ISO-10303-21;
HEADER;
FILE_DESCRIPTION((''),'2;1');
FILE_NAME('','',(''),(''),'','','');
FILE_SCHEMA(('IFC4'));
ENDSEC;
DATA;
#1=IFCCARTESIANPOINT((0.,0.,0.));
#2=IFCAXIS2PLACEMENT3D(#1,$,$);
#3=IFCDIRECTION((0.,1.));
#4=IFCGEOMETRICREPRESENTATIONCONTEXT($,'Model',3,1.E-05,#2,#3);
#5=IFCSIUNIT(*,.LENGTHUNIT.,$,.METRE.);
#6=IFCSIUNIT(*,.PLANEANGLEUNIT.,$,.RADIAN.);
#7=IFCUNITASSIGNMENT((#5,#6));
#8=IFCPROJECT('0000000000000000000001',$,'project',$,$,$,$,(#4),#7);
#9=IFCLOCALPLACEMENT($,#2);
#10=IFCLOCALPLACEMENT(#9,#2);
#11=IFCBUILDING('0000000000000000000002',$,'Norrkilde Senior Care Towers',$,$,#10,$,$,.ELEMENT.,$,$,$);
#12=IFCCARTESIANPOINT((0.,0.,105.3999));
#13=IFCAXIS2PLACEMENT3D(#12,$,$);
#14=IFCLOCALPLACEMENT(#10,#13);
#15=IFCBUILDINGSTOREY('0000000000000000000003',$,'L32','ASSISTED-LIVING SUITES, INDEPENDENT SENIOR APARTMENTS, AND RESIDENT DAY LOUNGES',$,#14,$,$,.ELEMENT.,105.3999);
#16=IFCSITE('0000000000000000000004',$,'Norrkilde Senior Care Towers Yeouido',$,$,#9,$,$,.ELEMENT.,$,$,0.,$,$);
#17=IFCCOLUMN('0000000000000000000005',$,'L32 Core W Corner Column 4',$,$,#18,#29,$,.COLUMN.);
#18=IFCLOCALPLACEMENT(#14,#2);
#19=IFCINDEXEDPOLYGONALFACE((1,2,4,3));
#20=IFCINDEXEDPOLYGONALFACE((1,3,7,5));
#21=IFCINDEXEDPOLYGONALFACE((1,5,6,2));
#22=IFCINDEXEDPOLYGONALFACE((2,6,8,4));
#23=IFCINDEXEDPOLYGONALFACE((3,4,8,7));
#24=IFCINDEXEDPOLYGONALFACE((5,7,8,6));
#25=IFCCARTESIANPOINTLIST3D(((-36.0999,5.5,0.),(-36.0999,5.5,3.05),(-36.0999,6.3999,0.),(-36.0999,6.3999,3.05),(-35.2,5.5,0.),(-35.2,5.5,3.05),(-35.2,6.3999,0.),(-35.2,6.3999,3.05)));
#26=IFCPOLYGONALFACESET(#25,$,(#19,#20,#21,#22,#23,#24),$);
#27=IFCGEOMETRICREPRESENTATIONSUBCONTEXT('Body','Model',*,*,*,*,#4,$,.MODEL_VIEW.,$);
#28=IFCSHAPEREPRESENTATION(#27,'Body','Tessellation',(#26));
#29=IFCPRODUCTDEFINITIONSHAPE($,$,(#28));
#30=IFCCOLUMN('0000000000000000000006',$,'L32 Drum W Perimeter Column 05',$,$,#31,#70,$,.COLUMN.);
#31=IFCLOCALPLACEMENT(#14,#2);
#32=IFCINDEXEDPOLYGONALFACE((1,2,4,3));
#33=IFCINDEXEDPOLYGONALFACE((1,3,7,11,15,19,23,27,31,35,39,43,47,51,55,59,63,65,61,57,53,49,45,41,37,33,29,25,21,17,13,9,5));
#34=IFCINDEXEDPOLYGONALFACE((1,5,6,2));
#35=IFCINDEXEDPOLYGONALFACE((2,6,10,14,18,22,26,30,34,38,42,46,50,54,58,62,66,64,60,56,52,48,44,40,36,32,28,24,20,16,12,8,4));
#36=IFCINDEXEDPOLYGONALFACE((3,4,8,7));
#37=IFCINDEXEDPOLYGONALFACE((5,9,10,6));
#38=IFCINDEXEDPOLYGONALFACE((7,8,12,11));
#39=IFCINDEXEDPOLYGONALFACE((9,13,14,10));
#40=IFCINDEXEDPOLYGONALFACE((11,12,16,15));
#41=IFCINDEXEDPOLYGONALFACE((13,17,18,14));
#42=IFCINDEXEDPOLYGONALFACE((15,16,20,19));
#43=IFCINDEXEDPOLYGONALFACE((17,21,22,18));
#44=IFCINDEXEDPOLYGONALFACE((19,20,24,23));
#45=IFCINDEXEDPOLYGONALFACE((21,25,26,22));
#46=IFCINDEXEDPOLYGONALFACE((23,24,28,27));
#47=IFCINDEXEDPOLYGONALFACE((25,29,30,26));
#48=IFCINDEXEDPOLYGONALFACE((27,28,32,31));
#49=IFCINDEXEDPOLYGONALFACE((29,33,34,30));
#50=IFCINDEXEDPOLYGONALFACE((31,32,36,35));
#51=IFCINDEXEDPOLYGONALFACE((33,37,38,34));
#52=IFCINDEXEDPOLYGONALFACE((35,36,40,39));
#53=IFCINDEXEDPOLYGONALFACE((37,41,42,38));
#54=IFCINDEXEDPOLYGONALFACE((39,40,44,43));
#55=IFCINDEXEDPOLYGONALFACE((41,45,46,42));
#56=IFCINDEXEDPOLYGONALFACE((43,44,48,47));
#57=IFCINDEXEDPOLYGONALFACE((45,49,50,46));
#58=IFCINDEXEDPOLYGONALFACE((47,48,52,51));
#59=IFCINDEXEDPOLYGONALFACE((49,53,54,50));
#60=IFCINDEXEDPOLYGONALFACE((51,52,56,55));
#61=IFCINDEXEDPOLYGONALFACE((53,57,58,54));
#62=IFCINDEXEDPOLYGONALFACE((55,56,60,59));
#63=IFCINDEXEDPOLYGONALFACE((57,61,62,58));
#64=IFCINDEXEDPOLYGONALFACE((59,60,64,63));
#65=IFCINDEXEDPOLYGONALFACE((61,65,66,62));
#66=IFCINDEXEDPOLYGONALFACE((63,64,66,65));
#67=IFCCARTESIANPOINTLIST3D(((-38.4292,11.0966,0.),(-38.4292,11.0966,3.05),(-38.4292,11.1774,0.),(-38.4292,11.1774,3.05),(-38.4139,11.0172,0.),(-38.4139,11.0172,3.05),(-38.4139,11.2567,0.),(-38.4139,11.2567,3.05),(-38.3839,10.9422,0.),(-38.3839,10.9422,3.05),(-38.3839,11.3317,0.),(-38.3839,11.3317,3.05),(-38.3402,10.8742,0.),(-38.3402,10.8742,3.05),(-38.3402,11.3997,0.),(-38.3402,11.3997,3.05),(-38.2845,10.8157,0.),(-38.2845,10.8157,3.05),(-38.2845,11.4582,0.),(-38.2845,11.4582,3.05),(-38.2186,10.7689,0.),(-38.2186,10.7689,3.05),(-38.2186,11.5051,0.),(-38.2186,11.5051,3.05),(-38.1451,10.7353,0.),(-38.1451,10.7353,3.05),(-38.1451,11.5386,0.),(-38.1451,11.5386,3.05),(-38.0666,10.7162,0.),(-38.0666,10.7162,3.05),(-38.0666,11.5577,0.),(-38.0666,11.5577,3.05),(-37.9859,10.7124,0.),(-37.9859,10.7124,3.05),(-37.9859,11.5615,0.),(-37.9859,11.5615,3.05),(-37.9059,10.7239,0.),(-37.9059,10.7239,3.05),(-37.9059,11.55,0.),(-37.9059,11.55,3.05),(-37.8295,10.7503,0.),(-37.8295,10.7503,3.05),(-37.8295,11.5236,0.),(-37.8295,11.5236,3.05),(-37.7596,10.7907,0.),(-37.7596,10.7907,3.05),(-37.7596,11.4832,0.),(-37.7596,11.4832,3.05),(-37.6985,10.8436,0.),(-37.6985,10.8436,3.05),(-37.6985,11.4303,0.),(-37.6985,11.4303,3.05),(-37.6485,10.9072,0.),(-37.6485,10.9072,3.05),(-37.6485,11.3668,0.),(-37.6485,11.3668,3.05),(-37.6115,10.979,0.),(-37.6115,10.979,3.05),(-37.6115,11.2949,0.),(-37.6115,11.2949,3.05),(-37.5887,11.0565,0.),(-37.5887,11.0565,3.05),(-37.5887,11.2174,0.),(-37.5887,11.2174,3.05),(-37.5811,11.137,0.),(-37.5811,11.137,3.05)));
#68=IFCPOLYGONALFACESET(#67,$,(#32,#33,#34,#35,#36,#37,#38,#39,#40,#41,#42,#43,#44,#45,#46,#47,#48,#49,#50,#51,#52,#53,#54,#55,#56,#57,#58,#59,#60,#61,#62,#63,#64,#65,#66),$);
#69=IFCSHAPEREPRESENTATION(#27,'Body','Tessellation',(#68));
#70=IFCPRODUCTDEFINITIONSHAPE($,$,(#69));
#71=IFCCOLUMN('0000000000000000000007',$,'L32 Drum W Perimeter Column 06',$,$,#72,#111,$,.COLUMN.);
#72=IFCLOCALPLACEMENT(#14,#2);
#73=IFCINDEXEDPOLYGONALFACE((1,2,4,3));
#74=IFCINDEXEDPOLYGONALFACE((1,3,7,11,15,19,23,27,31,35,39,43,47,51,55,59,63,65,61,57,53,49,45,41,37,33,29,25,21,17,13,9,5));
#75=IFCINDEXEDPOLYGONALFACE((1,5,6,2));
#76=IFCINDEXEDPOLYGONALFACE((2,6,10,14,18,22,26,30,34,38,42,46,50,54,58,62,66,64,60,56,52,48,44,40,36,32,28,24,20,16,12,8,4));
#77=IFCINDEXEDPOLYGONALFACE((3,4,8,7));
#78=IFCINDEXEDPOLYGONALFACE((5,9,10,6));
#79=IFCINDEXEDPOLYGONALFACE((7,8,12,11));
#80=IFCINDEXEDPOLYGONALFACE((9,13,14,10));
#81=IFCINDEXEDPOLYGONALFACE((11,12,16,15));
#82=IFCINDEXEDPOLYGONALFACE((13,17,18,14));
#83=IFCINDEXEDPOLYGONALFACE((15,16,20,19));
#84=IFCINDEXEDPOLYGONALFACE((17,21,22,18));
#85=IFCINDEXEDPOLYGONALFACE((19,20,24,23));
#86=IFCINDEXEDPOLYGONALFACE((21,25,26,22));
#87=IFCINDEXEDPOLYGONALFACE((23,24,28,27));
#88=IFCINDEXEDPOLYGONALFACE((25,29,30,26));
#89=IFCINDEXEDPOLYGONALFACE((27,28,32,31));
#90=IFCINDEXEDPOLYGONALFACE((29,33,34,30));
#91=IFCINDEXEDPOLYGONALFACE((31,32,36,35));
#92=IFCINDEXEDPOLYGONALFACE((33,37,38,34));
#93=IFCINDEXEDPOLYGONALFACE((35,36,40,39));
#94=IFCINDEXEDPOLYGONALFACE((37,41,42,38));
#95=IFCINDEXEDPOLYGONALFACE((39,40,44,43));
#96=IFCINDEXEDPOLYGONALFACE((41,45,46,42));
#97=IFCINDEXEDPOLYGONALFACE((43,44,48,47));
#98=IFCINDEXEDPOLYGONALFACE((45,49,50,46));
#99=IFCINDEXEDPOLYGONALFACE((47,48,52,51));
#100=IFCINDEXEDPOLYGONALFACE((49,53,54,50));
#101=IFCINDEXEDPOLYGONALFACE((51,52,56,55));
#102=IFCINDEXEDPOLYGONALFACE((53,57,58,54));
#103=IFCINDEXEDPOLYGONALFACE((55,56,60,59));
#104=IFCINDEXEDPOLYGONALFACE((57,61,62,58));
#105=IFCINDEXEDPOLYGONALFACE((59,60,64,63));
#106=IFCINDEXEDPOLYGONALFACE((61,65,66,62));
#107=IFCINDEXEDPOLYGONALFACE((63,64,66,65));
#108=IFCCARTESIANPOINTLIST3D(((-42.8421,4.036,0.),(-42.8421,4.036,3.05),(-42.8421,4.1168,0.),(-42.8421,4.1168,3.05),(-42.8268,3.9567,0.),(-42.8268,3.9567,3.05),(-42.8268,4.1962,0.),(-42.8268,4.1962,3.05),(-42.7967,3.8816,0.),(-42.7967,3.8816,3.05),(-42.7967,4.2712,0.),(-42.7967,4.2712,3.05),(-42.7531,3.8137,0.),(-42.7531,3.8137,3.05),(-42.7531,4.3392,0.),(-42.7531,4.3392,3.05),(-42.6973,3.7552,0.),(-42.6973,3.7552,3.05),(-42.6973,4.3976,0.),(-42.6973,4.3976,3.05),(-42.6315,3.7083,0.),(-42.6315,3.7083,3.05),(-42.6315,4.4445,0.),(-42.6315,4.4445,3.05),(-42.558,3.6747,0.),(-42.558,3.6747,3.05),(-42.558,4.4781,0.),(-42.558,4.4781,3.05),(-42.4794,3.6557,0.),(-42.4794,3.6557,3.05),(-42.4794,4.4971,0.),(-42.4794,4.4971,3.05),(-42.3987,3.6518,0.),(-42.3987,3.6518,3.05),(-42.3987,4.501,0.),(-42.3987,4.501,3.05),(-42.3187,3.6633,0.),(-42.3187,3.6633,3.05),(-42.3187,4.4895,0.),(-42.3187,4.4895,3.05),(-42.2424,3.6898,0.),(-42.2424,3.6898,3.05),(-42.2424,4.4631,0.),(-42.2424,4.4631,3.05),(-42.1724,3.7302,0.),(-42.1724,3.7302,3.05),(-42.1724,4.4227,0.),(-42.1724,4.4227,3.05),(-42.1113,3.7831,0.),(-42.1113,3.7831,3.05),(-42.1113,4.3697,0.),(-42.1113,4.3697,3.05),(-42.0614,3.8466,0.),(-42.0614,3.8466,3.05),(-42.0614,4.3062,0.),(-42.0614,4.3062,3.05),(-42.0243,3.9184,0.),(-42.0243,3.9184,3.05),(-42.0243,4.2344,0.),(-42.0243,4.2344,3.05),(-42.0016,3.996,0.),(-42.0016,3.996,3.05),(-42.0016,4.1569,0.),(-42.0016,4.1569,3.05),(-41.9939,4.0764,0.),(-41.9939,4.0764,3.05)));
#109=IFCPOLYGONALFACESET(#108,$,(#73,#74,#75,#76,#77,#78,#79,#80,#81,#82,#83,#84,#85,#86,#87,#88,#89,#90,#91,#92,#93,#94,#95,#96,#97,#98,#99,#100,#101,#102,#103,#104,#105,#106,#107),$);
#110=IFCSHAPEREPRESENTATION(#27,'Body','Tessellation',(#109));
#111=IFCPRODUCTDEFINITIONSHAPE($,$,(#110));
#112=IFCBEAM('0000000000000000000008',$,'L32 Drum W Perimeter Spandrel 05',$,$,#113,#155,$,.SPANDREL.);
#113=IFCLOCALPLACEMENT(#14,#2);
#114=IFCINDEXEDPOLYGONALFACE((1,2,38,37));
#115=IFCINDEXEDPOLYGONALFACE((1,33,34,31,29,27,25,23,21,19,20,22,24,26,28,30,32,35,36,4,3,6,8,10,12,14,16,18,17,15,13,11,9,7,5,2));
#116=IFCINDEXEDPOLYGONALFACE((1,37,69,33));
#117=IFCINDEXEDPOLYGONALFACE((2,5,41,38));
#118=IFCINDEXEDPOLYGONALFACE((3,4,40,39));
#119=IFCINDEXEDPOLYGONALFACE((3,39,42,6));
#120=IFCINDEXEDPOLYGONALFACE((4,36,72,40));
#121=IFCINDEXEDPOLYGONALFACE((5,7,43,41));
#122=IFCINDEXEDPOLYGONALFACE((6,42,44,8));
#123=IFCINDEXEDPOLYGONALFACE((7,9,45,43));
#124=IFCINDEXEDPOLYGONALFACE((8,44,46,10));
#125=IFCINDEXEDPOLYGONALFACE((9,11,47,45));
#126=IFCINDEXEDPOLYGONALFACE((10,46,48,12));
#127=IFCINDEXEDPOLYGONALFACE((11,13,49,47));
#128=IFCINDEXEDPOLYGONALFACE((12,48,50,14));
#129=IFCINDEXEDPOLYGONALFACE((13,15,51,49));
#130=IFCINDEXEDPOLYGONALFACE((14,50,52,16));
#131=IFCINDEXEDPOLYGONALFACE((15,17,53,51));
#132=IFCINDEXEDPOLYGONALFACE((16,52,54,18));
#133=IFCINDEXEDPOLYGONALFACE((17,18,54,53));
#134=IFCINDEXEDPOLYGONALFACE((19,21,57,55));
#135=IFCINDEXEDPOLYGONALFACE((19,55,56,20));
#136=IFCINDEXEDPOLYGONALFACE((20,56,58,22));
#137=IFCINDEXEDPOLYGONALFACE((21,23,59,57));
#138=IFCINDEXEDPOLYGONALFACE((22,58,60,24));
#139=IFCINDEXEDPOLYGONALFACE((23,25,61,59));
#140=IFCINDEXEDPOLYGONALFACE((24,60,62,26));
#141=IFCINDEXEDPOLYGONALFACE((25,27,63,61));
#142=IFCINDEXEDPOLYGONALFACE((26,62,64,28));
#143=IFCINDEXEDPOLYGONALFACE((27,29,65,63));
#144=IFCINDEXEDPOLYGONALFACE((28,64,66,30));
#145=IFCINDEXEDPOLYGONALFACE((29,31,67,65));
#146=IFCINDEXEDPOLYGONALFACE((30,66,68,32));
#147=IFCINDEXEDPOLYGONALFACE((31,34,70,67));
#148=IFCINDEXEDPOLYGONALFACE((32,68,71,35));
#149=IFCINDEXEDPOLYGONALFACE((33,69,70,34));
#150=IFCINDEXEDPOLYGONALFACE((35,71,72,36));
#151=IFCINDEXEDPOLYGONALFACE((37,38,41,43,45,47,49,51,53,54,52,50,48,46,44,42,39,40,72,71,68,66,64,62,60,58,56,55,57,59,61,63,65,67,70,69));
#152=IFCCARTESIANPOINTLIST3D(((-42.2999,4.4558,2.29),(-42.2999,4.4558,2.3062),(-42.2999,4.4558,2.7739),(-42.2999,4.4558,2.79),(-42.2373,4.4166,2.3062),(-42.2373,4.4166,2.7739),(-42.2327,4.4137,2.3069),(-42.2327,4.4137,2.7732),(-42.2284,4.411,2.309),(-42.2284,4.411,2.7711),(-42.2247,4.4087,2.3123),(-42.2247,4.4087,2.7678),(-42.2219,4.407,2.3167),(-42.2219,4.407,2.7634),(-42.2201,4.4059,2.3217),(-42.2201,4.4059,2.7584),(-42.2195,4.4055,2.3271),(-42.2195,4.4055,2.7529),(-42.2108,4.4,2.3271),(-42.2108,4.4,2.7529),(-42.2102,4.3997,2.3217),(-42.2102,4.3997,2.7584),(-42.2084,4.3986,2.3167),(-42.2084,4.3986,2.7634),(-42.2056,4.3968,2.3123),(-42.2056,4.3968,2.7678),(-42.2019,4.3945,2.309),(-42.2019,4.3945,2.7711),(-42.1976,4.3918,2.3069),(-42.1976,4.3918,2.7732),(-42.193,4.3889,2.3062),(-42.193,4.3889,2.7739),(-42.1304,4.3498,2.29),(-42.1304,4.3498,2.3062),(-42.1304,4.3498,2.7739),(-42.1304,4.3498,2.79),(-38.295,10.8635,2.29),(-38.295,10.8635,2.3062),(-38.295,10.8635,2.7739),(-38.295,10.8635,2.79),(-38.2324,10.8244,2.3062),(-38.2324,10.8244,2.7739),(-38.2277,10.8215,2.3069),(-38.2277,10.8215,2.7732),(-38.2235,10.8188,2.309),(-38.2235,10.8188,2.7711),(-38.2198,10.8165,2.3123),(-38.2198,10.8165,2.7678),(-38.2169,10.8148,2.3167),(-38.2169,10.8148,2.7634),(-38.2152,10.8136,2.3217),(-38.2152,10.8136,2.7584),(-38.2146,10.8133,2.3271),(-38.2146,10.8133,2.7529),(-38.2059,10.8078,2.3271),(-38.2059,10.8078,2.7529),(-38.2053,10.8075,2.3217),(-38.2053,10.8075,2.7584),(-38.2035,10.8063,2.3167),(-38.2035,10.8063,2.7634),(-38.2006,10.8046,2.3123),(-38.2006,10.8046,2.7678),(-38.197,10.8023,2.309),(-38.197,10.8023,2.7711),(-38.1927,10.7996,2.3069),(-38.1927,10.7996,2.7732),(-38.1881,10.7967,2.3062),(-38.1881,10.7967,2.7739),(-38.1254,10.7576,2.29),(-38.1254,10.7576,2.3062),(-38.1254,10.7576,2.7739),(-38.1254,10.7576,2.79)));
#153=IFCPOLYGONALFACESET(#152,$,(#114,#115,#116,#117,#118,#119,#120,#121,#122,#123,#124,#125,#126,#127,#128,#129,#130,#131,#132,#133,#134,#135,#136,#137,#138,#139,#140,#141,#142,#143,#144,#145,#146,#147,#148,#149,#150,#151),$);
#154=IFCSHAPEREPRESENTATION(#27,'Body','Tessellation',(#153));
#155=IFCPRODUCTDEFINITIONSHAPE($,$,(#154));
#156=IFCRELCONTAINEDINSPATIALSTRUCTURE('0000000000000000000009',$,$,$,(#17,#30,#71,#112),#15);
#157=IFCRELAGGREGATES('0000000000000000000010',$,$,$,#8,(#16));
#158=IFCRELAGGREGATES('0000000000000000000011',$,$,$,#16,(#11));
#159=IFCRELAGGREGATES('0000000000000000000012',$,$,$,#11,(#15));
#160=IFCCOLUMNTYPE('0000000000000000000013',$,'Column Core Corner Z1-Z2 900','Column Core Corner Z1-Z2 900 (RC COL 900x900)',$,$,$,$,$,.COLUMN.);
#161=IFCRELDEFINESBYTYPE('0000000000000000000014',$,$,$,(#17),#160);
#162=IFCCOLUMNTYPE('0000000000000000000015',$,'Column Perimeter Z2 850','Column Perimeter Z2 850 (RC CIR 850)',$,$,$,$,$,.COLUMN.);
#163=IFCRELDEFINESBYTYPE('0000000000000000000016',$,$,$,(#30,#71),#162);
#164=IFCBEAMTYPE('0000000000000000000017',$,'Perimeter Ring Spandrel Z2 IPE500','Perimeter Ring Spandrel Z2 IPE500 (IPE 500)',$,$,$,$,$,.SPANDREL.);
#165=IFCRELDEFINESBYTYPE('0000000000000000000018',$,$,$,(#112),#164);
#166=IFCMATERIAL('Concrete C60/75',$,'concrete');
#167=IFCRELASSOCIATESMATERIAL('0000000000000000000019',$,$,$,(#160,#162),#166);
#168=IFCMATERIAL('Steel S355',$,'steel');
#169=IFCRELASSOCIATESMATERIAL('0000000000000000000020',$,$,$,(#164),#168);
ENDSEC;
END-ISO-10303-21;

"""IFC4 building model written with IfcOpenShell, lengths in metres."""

from ifc_helpers import new_model, si_unit, direction, frame, origin, origin_2d, place, context, subcontext, project, spatial, rectangle, circle, i_section, extrude, source, transform, mapped, material, material_profile, profile_set, type_object, type_shapes, element, save


model = new_model("IFC4")

# Units and contexts
model_context = context("Model", 3, precision=1e-05, world=origin(), true_north=direction((0.0, 1.0)))
body_context = subcontext(model_context, "Body", "Model", "MODEL_VIEW")
ifc_project = project(units=[si_unit("LENGTHUNIT", "METRE"), si_unit("PLANEANGLEUNIT", "RADIAN")], contexts=[model_context])

# Site, building, storey
site_placement = place(None, origin())
site = spatial("IfcSite", under=ifc_project, at=site_placement, Name="Norrkilde Senior Care Towers Yeouido", CompositionType="ELEMENT", RefElevation=0.0)
building_placement = place(site_placement, origin())
building = spatial("IfcBuilding", under=site, at=building_placement, Name="Norrkilde Senior Care Towers", CompositionType="ELEMENT")
storey_placement = place(building_placement, frame((0.0, 0.0, 105.3999)))
storey = spatial("IfcBuildingStorey", under=building, at=storey_placement, Name="L32", Description="ASSISTED-LIVING SUITES, INDEPENDENT SENIOR APARTMENTS, AND RESIDENT DAY LOUNGES", CompositionType="ELEMENT", Elevation=105.3999)

# Columns
ifc_material_1 = material(Name="Concrete C60/75", Category="concrete")
ifc_material_profile_1 = material_profile(ifc_material_1, rectangle(XDim=0.8999, YDim=0.8999, at=origin_2d()), Name="RC COL 900x900")
ifc_profile_set_1 = profile_set([ifc_material_profile_1], Name="Concrete C60/75")
column_type_1 = type_object("IfcColumnType", Name="Column Core Corner Z1-Z2 900", Description="Column Core Corner Z1-Z2 900 (RC COL 900x900)", PredefinedType="COLUMN", material=ifc_profile_set_1)
shared_shape_1 = source(origin(), body_context, "Body", "SweptSolid", [
    extrude(rectangle(XDim=0.8999, YDim=0.8999, at=origin_2d()), origin(), (0.0, 0.0, 1.0), 3.05),
])
type_shapes(column_type_1, [shared_shape_1])
column_placement = place(storey_placement, frame((-35.6499, 5.95, 0.0), z_axis=(0.0, 0.0, 1.0), x_axis=(1.0, 0.0, 0.0)))
element("IfcColumn", 1, at=column_placement, inside=storey, type_object=column_type_1, Name="L32 Core W Corner Column 4", PredefinedType="COLUMN", context=body_context, shape_type="MappedRepresentation", body=[
    mapped(shared_shape_1, transform((0.0, 0.0, 0.0), x_axis=(1.0, 0.0, 0.0), y_axis=(0.0, 1.0, 0.0), z_axis=(0.0, 0.0, 1.0), scale=1.0)),
])
ifc_material_profile_2 = material_profile(ifc_material_1, circle(Radius=0.425, at=origin_2d()), Name="RC CIR 850")
ifc_profile_set_2 = profile_set([ifc_material_profile_2], Name="Concrete C60/75")
column_type_2 = type_object("IfcColumnType", Name="Column Perimeter Z2 850", Description="Column Perimeter Z2 850 (RC CIR 850)", PredefinedType="COLUMN", material=ifc_profile_set_2)
shared_shape_2 = source(origin(), body_context, "Body", "SweptSolid", [
    extrude(circle(Radius=0.425, at=origin_2d()), origin(), (0.0, 0.0, 1.0), 3.05),
])
type_shapes(column_type_2, [shared_shape_2])
for number, where, z_axis, x_axis, name in (
    (2, (-38.0061, 11.137, 0.0), (0.0, 0.0, 1.0), (1.0, 0.0, 0.0), "L32 Drum W Perimeter Column 05"),
    (3, (-42.4189, 4.0764, 0.0), (0.0, 0.0, 1.0), (1.0, 0.0, 0.0), "L32 Drum W Perimeter Column 06"),
):
    element("IfcColumn", number, at=place(storey_placement, frame(where, z_axis=z_axis, x_axis=x_axis)), inside=storey, type_object=column_type_2, Name=name, PredefinedType="COLUMN", context=body_context, shape_type="MappedRepresentation", body=[
        mapped(shared_shape_2, transform((0.0, 0.0, 0.0), x_axis=(1.0, 0.0, 0.0), y_axis=(0.0, 1.0, 0.0), z_axis=(0.0, 0.0, 1.0), scale=1.0)),
    ])

# Beam
ifc_material_2 = material(Name="Steel S355", Category="steel")
ifc_material_profile_3 = material_profile(ifc_material_2, i_section(OverallWidth=0.2, OverallDepth=0.5, WebThickness=0.0103, FlangeThickness=0.0161, FilletRadius=0.021, at=origin_2d()), Name="IPE 500")
ifc_profile_set_3 = profile_set([ifc_material_profile_3], Name="Steel S355")
beam_type_1 = type_object("IfcBeamType", Name="Perimeter Ring Spandrel Z2 IPE500", Description="Perimeter Ring Spandrel Z2 IPE500 (IPE 500)", PredefinedType="SPANDREL", material=ifc_profile_set_3)
shared_shape_3 = source(origin(), body_context, "Body", "SweptSolid", [
    extrude(i_section(OverallWidth=0.2, OverallDepth=0.5, WebThickness=0.0103, FlangeThickness=0.0161, FilletRadius=0.021, at=origin_2d()), origin(), (0.0, 0.0, 1.0), 7.5564),
])
beam_1_placement = place(storey_placement, frame((-38.2102, 10.8105, 2.54), z_axis=(-0.530005, -0.847995, 0.0), x_axis=(0.847995, -0.530005, 0.0)))
element("IfcBeam", 4, at=beam_1_placement, inside=storey, type_object=beam_type_1, Name="L32 Drum W Perimeter Spandrel 05", PredefinedType="SPANDREL", context=body_context, shape_type="MappedRepresentation", body=[
    mapped(shared_shape_3, transform((0.0, 0.0, 0.0), x_axis=(1.0, 0.0, 0.0), y_axis=(0.0, 1.0, 0.0), z_axis=(0.0, 0.0, 1.0), scale=1.0)),
])

save(model, "model.ifc")
